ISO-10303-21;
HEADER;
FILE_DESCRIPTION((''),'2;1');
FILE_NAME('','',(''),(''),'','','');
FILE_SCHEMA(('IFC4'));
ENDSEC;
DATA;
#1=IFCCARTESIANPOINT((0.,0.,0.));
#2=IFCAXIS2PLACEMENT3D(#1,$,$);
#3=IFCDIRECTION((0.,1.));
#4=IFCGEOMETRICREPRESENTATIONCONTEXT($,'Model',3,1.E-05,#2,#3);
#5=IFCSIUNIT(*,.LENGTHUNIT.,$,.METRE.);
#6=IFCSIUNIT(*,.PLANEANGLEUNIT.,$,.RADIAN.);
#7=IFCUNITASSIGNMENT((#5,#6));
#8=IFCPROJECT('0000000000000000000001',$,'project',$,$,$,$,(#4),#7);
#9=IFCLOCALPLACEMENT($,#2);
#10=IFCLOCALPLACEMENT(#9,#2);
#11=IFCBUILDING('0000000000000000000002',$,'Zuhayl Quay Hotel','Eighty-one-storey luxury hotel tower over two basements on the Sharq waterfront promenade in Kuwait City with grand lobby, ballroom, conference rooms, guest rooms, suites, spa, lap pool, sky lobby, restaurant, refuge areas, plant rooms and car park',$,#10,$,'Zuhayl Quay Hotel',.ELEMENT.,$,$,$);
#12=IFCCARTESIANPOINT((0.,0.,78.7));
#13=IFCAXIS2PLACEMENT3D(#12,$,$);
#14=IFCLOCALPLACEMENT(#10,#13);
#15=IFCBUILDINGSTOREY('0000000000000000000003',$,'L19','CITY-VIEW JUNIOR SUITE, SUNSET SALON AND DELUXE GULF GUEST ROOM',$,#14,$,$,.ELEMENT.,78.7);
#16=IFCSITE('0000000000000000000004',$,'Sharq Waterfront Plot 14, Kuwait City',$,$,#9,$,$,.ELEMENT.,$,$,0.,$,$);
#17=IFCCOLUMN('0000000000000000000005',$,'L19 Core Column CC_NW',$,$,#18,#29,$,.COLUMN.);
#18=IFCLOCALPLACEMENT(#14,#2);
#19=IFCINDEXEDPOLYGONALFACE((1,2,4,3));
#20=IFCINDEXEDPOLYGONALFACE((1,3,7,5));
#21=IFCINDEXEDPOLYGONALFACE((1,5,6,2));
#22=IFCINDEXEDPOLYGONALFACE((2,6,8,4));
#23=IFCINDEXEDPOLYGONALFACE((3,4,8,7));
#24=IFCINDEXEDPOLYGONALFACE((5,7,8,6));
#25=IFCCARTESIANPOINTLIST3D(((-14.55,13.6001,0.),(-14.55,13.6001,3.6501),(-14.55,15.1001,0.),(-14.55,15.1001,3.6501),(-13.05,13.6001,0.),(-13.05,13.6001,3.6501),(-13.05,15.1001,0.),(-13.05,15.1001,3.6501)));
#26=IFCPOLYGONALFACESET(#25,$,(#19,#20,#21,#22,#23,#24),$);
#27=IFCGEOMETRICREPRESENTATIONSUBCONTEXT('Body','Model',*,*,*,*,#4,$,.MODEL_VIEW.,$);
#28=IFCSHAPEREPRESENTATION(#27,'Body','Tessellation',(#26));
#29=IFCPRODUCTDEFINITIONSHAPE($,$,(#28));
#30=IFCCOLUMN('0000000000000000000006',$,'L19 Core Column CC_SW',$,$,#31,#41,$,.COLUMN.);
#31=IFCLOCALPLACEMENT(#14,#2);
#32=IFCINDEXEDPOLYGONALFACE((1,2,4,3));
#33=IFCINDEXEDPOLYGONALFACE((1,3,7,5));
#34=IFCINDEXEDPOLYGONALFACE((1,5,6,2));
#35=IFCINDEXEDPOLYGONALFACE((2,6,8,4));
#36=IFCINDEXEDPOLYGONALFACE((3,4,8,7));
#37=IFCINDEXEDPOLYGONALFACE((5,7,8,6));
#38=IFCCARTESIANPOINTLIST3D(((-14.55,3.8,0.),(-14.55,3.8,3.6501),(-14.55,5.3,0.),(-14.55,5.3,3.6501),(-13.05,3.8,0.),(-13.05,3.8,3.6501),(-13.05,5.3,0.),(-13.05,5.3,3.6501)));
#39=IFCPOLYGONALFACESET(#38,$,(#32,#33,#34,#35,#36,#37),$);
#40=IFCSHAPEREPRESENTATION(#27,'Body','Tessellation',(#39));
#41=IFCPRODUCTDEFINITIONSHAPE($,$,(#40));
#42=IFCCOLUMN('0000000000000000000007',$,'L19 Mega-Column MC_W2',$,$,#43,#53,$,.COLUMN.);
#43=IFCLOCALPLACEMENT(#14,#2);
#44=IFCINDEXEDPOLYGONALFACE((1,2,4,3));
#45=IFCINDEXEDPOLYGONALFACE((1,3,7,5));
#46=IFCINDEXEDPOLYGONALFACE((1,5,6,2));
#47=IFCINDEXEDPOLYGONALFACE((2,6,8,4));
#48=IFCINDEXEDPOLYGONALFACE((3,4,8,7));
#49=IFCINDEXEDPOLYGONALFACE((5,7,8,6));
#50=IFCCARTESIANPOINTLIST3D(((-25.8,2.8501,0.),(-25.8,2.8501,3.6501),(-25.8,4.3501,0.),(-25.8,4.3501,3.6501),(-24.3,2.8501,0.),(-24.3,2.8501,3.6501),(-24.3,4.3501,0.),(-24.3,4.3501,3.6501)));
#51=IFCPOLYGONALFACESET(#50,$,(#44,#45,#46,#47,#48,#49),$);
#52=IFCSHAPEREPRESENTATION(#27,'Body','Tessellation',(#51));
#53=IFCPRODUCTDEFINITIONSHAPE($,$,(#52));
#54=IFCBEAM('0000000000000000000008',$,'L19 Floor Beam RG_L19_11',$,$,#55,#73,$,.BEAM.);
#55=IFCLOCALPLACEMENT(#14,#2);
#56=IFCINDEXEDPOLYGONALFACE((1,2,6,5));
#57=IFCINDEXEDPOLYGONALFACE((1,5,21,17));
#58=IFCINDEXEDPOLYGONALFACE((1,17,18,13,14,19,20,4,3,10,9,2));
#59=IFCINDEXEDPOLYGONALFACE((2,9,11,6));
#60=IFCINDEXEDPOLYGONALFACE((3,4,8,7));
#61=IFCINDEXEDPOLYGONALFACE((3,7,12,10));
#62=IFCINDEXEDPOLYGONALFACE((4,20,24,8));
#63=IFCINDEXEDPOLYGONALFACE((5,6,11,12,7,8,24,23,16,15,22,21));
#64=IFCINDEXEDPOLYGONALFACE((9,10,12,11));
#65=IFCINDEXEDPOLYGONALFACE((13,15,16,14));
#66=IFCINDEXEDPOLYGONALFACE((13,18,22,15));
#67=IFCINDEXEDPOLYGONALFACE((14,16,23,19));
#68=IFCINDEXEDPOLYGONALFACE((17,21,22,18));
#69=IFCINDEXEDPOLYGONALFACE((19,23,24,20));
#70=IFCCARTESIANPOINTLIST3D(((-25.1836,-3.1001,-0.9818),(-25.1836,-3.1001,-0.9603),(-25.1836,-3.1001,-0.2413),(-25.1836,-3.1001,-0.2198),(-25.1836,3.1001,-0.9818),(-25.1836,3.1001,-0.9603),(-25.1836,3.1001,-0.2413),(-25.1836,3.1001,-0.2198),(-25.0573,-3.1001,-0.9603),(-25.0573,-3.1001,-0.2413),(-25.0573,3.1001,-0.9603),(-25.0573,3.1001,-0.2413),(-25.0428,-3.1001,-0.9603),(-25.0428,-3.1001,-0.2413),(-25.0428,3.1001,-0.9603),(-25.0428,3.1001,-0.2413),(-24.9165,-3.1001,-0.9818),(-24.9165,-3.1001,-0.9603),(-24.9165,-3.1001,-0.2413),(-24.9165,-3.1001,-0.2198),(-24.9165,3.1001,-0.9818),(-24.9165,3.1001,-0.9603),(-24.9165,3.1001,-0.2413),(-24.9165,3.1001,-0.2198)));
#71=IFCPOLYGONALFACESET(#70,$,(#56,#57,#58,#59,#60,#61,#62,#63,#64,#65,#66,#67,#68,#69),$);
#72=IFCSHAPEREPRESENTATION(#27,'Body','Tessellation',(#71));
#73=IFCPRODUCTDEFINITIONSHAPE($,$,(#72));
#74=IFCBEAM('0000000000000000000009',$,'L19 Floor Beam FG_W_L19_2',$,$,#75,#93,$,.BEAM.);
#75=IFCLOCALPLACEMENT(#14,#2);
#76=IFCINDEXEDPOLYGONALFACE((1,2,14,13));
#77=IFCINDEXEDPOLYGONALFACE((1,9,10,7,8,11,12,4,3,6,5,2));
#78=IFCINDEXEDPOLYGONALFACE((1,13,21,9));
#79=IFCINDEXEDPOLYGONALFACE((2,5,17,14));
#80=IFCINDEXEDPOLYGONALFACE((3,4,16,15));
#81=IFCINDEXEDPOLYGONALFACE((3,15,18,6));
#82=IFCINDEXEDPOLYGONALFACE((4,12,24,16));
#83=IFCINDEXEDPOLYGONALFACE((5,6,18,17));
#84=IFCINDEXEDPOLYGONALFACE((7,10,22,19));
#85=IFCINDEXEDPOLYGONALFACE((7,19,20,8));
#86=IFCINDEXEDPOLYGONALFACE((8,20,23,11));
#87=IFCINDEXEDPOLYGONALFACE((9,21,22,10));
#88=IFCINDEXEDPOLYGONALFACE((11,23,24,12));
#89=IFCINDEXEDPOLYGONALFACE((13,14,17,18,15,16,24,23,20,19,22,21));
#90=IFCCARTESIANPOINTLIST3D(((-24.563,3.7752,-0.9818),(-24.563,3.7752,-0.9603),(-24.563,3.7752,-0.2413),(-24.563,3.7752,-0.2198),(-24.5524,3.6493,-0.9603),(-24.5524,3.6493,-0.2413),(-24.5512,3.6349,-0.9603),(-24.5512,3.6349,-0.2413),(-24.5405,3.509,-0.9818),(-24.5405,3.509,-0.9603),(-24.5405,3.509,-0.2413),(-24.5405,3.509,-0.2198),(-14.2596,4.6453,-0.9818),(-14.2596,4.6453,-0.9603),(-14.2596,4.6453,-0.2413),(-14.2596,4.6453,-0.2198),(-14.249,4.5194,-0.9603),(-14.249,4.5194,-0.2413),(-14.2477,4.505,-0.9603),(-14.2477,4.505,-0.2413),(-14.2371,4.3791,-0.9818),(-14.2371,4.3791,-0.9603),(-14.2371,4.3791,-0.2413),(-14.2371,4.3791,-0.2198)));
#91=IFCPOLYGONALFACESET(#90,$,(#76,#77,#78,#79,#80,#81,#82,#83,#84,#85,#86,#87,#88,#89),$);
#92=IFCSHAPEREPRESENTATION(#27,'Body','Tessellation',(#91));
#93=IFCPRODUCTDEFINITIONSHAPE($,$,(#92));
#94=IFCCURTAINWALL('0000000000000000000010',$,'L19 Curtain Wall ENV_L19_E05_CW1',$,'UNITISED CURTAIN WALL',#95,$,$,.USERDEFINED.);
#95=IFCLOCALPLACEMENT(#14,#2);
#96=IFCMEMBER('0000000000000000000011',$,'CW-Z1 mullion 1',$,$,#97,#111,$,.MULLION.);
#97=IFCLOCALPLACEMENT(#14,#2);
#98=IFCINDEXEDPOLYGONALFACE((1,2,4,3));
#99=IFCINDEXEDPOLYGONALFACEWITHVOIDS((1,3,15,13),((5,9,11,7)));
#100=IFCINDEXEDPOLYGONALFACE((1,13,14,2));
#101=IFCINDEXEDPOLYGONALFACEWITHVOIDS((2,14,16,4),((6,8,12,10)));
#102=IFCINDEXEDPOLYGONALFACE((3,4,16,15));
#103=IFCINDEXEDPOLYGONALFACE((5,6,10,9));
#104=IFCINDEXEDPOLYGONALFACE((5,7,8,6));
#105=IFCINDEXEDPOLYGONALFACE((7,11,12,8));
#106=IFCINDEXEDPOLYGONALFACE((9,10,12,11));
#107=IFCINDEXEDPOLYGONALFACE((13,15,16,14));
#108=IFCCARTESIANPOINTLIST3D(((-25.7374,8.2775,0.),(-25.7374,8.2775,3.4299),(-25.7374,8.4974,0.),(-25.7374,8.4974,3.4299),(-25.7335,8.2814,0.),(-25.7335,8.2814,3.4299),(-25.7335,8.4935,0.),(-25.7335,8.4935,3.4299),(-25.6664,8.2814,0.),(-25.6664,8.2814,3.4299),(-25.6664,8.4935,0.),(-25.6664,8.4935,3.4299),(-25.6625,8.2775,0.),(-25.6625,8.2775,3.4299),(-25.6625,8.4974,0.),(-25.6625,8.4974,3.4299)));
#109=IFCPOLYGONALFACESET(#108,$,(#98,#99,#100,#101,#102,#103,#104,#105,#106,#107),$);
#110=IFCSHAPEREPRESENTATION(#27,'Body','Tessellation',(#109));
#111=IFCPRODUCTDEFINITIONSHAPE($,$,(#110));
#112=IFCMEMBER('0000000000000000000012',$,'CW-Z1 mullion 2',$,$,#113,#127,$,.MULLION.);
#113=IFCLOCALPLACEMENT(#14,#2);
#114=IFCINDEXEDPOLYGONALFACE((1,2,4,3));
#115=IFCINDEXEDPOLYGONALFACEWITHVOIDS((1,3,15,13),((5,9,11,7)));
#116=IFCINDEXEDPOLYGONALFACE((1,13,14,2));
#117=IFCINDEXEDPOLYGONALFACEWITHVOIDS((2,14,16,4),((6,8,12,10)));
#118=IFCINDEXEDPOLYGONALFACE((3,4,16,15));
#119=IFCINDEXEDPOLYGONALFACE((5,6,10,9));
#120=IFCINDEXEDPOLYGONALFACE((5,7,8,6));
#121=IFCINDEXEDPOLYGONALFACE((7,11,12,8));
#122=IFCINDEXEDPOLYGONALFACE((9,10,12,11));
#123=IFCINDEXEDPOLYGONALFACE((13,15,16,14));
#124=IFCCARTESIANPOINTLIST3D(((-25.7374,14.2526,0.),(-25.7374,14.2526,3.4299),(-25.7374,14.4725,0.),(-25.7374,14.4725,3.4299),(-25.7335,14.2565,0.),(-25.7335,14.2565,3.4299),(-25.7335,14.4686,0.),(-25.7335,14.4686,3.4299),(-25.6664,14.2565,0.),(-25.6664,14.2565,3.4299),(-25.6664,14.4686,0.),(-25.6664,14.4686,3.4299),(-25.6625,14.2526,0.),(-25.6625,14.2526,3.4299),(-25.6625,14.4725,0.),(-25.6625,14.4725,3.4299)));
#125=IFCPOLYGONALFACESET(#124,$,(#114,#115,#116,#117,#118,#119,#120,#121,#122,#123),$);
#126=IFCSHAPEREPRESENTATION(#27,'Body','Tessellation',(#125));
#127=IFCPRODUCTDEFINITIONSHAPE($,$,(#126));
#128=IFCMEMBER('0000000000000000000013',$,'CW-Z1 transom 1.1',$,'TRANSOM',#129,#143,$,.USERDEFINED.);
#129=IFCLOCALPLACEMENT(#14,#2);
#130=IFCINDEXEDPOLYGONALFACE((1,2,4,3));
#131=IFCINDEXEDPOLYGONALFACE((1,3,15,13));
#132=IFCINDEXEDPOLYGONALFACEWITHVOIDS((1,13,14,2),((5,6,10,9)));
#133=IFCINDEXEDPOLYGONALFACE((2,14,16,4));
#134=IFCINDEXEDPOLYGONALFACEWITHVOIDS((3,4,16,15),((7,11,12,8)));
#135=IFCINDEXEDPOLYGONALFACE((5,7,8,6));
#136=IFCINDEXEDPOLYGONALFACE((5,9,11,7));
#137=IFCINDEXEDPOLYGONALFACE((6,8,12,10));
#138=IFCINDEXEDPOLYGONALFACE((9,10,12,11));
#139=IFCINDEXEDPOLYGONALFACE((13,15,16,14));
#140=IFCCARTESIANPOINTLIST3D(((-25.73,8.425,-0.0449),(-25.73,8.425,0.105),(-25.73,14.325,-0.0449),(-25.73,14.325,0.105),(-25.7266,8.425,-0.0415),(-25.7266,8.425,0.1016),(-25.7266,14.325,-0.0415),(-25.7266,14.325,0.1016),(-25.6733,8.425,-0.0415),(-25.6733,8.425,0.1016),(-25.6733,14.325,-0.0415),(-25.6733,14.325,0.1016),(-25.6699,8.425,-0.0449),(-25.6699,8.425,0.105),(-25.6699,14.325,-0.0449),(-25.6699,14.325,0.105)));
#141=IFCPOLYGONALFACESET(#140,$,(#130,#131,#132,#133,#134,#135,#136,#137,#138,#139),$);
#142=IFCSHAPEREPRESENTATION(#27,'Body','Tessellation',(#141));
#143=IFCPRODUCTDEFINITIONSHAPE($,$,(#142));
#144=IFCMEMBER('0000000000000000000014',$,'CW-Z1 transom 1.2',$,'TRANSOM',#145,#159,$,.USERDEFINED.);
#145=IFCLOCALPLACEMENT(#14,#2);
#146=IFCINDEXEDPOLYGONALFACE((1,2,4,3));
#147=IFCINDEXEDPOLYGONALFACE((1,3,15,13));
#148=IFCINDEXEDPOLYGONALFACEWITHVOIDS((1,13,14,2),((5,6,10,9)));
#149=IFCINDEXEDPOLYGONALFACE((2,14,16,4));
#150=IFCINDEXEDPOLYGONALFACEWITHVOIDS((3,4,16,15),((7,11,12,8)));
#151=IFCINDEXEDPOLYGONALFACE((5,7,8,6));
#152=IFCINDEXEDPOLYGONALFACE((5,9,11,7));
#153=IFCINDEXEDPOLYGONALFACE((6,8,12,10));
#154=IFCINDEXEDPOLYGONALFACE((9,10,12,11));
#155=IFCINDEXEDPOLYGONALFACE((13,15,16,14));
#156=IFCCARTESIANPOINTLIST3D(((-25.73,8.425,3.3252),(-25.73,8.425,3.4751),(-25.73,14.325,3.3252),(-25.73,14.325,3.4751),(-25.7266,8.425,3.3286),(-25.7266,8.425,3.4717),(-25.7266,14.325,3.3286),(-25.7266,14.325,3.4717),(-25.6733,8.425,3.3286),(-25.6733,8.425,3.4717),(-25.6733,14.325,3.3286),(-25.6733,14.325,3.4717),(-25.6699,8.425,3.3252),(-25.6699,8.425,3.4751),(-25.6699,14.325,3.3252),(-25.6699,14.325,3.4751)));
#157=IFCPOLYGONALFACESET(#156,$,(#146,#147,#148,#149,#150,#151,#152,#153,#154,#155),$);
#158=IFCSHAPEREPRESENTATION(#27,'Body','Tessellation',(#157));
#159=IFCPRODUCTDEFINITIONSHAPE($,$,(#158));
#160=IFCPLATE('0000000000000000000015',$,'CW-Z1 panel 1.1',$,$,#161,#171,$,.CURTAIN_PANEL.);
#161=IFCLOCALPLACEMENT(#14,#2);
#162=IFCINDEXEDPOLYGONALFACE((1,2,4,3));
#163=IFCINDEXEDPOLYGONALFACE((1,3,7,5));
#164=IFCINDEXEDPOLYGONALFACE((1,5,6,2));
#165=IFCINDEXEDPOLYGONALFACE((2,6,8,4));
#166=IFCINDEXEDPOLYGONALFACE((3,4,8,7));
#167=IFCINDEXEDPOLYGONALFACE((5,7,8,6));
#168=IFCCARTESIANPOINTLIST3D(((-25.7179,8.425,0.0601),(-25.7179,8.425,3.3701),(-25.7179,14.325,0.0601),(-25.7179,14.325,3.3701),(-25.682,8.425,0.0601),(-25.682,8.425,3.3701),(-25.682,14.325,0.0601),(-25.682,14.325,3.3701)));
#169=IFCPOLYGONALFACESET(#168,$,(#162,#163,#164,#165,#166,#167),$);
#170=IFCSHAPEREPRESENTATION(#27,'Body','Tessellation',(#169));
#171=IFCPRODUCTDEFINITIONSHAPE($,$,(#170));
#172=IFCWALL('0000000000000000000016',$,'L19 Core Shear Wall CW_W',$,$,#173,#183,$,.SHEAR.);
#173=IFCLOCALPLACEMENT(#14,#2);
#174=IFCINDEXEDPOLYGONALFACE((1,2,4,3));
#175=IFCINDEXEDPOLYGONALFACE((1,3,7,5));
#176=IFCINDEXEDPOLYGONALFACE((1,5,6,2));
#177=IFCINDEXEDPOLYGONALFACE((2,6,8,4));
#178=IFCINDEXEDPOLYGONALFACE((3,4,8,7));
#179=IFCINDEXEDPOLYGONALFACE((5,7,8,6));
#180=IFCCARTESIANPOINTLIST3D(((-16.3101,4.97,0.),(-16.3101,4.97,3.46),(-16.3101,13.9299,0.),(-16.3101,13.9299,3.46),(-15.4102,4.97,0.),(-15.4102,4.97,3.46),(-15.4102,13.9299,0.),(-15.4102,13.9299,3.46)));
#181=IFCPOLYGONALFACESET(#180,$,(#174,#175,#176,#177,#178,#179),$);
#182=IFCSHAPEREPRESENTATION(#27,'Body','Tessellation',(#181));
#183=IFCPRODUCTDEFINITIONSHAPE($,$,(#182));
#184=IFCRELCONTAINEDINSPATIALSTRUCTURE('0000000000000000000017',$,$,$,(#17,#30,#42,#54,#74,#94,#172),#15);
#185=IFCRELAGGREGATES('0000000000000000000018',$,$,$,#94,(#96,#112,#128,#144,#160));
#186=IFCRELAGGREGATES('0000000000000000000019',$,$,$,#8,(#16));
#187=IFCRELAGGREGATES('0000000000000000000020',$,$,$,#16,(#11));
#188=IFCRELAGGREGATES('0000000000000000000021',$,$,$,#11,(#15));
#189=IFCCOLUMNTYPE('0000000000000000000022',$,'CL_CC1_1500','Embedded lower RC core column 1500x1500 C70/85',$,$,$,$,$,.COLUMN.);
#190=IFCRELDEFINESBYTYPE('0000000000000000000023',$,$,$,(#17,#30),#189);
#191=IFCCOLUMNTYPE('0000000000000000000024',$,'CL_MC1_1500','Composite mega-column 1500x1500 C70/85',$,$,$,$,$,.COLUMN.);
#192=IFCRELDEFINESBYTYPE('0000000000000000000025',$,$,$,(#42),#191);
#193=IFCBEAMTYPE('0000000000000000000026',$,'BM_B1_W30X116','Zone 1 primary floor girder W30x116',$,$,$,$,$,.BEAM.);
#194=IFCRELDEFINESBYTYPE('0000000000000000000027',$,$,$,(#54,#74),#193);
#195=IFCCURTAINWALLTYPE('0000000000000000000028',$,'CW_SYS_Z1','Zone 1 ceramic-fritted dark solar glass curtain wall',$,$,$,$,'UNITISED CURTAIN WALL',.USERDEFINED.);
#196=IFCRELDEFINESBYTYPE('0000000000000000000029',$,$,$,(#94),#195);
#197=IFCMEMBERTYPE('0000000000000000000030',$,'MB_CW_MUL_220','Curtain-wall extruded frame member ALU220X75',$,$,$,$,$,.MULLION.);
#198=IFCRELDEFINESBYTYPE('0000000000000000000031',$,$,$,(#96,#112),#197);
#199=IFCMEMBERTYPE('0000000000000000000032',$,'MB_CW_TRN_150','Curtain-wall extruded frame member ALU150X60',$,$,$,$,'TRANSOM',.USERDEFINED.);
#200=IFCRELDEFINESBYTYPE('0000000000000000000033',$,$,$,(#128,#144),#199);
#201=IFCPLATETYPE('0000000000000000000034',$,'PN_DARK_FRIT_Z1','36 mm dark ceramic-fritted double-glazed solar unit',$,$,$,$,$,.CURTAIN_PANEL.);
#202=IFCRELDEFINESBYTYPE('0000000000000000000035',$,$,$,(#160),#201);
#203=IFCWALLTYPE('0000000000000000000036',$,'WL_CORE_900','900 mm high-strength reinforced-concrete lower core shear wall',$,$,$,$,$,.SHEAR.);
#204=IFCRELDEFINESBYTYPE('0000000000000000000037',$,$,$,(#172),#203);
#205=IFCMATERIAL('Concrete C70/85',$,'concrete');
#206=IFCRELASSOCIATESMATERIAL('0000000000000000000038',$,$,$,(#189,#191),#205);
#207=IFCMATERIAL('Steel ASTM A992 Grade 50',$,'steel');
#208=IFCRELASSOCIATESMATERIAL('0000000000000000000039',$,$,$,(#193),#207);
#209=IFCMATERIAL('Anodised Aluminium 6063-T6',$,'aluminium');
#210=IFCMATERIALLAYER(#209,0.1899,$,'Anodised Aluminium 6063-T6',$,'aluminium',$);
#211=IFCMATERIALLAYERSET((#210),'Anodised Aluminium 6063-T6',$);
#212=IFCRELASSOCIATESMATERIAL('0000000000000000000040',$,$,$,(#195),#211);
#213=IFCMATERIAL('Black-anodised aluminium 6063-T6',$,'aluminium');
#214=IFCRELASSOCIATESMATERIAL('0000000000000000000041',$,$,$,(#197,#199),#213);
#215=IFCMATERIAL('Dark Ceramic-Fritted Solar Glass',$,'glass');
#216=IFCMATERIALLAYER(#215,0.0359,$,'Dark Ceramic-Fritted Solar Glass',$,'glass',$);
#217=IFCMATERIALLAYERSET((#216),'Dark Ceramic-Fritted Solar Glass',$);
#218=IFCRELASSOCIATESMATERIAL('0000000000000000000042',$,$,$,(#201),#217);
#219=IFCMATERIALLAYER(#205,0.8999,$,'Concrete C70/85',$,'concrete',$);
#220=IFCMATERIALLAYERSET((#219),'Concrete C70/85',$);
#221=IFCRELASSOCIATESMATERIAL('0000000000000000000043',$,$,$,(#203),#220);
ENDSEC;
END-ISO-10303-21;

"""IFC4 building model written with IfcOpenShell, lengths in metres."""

from ifc_helpers import new_model, si_unit, direction, frame, frame_2d, origin, origin_2d, place, context, subcontext, project, spatial, rectangle, hollow_rectangle, i_section, extrude, material, layer, layer_set, material_profile, profile_set, type_object, element, aggregate, save


model = new_model("IFC4")

# Units and contexts
model_context = context("Model", 3, precision=1e-05, world=origin(), true_north=direction((0.0, 1.0)))
body_context = subcontext(model_context, "Body", "Model", "MODEL_VIEW")
ifc_project = project(units=[si_unit("LENGTHUNIT", "METRE"), si_unit("PLANEANGLEUNIT", "RADIAN")], contexts=[model_context])

# Site, building, storey
site_placement = place(None, origin())
site = spatial("IfcSite", under=ifc_project, at=site_placement, Name="Sharq Waterfront Plot 14, Kuwait City", CompositionType="ELEMENT", RefElevation=0.0)
building_placement = place(site_placement, origin())
building = spatial("IfcBuilding", under=site, at=building_placement, Name="Zuhayl Quay Hotel", Description="Eighty-one-storey luxury hotel tower over two basements on the Sharq waterfront promenade in Kuwait City with grand lobby, ballroom, conference rooms, guest rooms, suites, spa, lap pool, sky lobby, restaurant, refuge areas, plant rooms and car park", LongName="Zuhayl Quay Hotel", CompositionType="ELEMENT")
storey_placement = place(building_placement, frame((0.0, 0.0, 78.7)))
storey = spatial("IfcBuildingStorey", under=building, at=storey_placement, Name="L19", Description="CITY-VIEW JUNIOR SUITE, SUNSET SALON AND DELUXE GULF GUEST ROOM", CompositionType="ELEMENT", Elevation=78.7)

# Columns
ifc_material_1 = material(Name="Concrete C70/85", Category="concrete")
ifc_material_profile_1 = material_profile(ifc_material_1, rectangle(XDim=1.5, YDim=1.5, at=origin_2d()), Name="RC1500X1500")
ifc_profile_set_1 = profile_set([ifc_material_profile_1], Name="Concrete C70/85")
column_type_1 = type_object("IfcColumnType", Name="CL_CC1_1500", Description="Embedded lower RC core column 1500x1500 C70/85", PredefinedType="COLUMN", material=ifc_profile_set_1)
for number, where, z_axis, x_axis, name in (
    (1, (-13.8, 14.3501, 0.0), (0.0, 0.0, 1.0), (1.0, 0.0, 0.0), "L19 Core Column CC_NW"),
    (2, (-13.8, 4.55, 0.0), (0.0, 0.0, 1.0), (1.0, 0.0, 0.0), "L19 Core Column CC_SW"),
):
    element("IfcColumn", number, at=place(storey_placement, frame(where, z_axis=z_axis, x_axis=x_axis)), inside=storey, type_object=column_type_1, Name=name, PredefinedType="COLUMN", context=body_context, shape_type="SweptSolid", body=[
        extrude(rectangle(XDim=1.5, YDim=1.5, at=origin_2d()), origin(), (0.0, 0.0, 1.0), 3.6501),
    ])
ifc_material_profile_2 = material_profile(ifc_material_1, rectangle(XDim=1.5, YDim=1.5, at=origin_2d()), Name="RC1500X1500")
ifc_profile_set_2 = profile_set([ifc_material_profile_2], Name="Concrete C70/85")
column_type_2 = type_object("IfcColumnType", Name="CL_MC1_1500", Description="Composite mega-column 1500x1500 C70/85", PredefinedType="COLUMN", material=ifc_profile_set_2)
column_placement = place(storey_placement, frame((-25.05, 3.6001, 0.0), z_axis=(0.0, 0.0, 1.0), x_axis=(1.0, 0.0, 0.0)))
element("IfcColumn", 3, at=column_placement, inside=storey, type_object=column_type_2, Name="L19 Mega-Column MC_W2", PredefinedType="COLUMN", context=body_context, shape_type="SweptSolid", body=[
    extrude(rectangle(XDim=1.5, YDim=1.5, at=origin_2d()), origin(), (0.0, 0.0, 1.0), 3.6501),
])

# Beams
ifc_material_2 = material(Name="Steel ASTM A992 Grade 50", Category="steel")
ifc_material_profile_3 = material_profile(ifc_material_2, i_section(OverallWidth=0.2671, OverallDepth=0.762, WebThickness=0.0144, FlangeThickness=0.0215, at=origin_2d()), Name="W30X116")
ifc_profile_set_3 = profile_set([ifc_material_profile_3], Name="Steel ASTM A992 Grade 50")
beam_type = type_object("IfcBeamType", Name="BM_B1_W30X116", Description="Zone 1 primary floor girder W30x116", PredefinedType="BEAM", material=ifc_profile_set_3)
beam_1_placement = place(storey_placement, frame((-25.05, 3.1001, -0.6008), z_axis=(0.0, -1.0, 0.0), x_axis=(1.0, 0.0, 0.0)))
element("IfcBeam", 4, at=beam_1_placement, inside=storey, type_object=beam_type, Name="L19 Floor Beam RG_L19_11", PredefinedType="BEAM", context=body_context, shape_type="SweptSolid", body=[
    extrude(i_section(OverallWidth=0.2671, OverallDepth=0.762, WebThickness=0.0144, FlangeThickness=0.0215, at=origin_2d()), origin(), (0.0, 0.0, 1.0), 6.2002),
])
beam_2_placement = place(storey_placement, frame((-24.5518, 3.6421, -0.6008), z_axis=(0.996453, 0.084149, 0.0), x_axis=(-0.084149, 0.996453, 0.0)))
element("IfcBeam", 5, at=beam_2_placement, inside=storey, type_object=beam_type, Name="L19 Floor Beam FG_W_L19_2", PredefinedType="BEAM", context=body_context, shape_type="SweptSolid", body=[
    extrude(i_section(OverallWidth=0.2671, OverallDepth=0.762, WebThickness=0.0144, FlangeThickness=0.0215, at=origin_2d()), origin(), (0.0, 0.0, 1.0), 10.3401),
])

# Curtain wall, members, plate
ifc_material_3 = material(Name="Anodised Aluminium 6063-T6", Category="aluminium")
ifc_layer_1 = layer(ifc_material_3, 0.1899, Name="Anodised Aluminium 6063-T6", Category="aluminium")
ifc_layer_set_1 = layer_set([ifc_layer_1], Name="Anodised Aluminium 6063-T6")
curtain_wall_type = type_object("IfcCurtainWallType", Name="CW_SYS_Z1", Description="Zone 1 ceramic-fritted dark solar glass curtain wall", ElementType="UNITISED CURTAIN WALL", PredefinedType="USERDEFINED", material=ifc_layer_set_1)
curtain_wall_placement = place(storey_placement, origin())
curtain_wall = element("IfcCurtainWall", 6, at=curtain_wall_placement, inside=storey, type_object=curtain_wall_type, Name="L19 Curtain Wall ENV_L19_E05_CW1", ObjectType="UNITISED CURTAIN WALL", PredefinedType="USERDEFINED")
ifc_material_4 = material(Name="Black-anodised aluminium 6063-T6", Category="aluminium")
ifc_material_profile_4 = material_profile(ifc_material_4, hollow_rectangle(XDim=0.075, YDim=0.22, WallThickness=0.0039, at=origin_2d()), Name="ALU220X75")
ifc_profile_set_4 = profile_set([ifc_material_profile_4], Name="Black-anodised aluminium 6063-T6")
member_type_1 = type_object("IfcMemberType", Name="MB_CW_MUL_220", Description="Curtain-wall extruded frame member ALU220X75", PredefinedType="MULLION", material=ifc_profile_set_4)
member_1_placement = place(storey_placement, frame((-25.7, 8.3875, 0.0), z_axis=(0.0, 0.0, 1.0), x_axis=(-1.0, 0.0, 0.0)))
member_1 = element("IfcMember", 7, at=member_1_placement, type_object=member_type_1, Name="CW-Z1 mullion 1", PredefinedType="MULLION", context=body_context, shape_type="SweptSolid", body=[
    extrude(hollow_rectangle(XDim=0.075, YDim=0.22, WallThickness=0.0039, at=origin_2d()), origin(), (0.0, 0.0, 1.0), 3.4299),
])
member_2_placement = place(storey_placement, frame((-25.7, 14.3625, 0.0), z_axis=(0.0, 0.0, 1.0), x_axis=(-1.0, 0.0, 0.0)))
member_2 = element("IfcMember", 8, at=member_2_placement, type_object=member_type_1, Name="CW-Z1 mullion 2", PredefinedType="MULLION", context=body_context, shape_type="SweptSolid", body=[
    extrude(hollow_rectangle(XDim=0.075, YDim=0.22, WallThickness=0.0039, at=origin_2d()), origin(), (0.0, 0.0, 1.0), 3.4299),
])
ifc_material_profile_5 = material_profile(ifc_material_4, hollow_rectangle(XDim=0.0601, YDim=0.1499, WallThickness=0.0034, at=origin_2d()), Name="ALU150X60")
ifc_profile_set_5 = profile_set([ifc_material_profile_5], Name="Black-anodised aluminium 6063-T6")
member_type_2 = type_object("IfcMemberType", Name="MB_CW_TRN_150", Description="Curtain-wall extruded frame member ALU150X60", ElementType="TRANSOM", PredefinedType="USERDEFINED", material=ifc_profile_set_5)
member_3_placement = place(storey_placement, frame((-25.7, 8.425, 0.03), z_axis=(0.0, 1.0, 0.0), x_axis=(-1.0, 0.0, 0.0)))
member_3 = element("IfcMember", 9, at=member_3_placement, type_object=member_type_2, Name="CW-Z1 transom 1.1", ObjectType="TRANSOM", PredefinedType="USERDEFINED", context=body_context, shape_type="SweptSolid", body=[
    extrude(hollow_rectangle(XDim=0.0601, YDim=0.1499, WallThickness=0.0034, at=origin_2d()), origin(), (0.0, 0.0, 1.0), 5.8999),
])
member_4_placement = place(storey_placement, frame((-25.7, 8.425, 3.4001), z_axis=(0.0, 1.0, 0.0), x_axis=(-1.0, 0.0, 0.0)))
member_4 = element("IfcMember", 10, at=member_4_placement, type_object=member_type_2, Name="CW-Z1 transom 1.2", ObjectType="TRANSOM", PredefinedType="USERDEFINED", context=body_context, shape_type="SweptSolid", body=[
    extrude(hollow_rectangle(XDim=0.0601, YDim=0.1499, WallThickness=0.0034, at=origin_2d()), origin(), (0.0, 0.0, 1.0), 5.8999),
])
ifc_material_5 = material(Name="Dark Ceramic-Fritted Solar Glass", Category="glass")
ifc_layer_2 = layer(ifc_material_5, 0.0359, Name="Dark Ceramic-Fritted Solar Glass", Category="glass")
ifc_layer_set_2 = layer_set([ifc_layer_2], Name="Dark Ceramic-Fritted Solar Glass")
plate_type = type_object("IfcPlateType", Name="PN_DARK_FRIT_Z1", Description="36 mm dark ceramic-fritted double-glazed solar unit", PredefinedType="CURTAIN_PANEL", material=ifc_layer_set_2)
plate_placement = place(storey_placement, frame((-25.7, 11.375, 0.0601), z_axis=(0.0, 0.0, 1.0), x_axis=(0.0, 1.0, 0.0)))
plate = element("IfcPlate", 11, at=plate_placement, type_object=plate_type, Name="CW-Z1 panel 1.1", PredefinedType="CURTAIN_PANEL", context=body_context, shape_type="SweptSolid", body=[
    extrude(rectangle(XDim=5.8999, YDim=0.0359, at=origin_2d()), origin(), (0.0, 0.0, 1.0), 3.3101),
])
aggregate(curtain_wall, [member_1, member_2, member_3, member_4, plate])

# Wall
ifc_layer_3 = layer(ifc_material_1, 0.8999, Name="Concrete C70/85", Category="concrete")
ifc_layer_set_3 = layer_set([ifc_layer_3], Name="Concrete C70/85")
wall_type_1 = type_object("IfcWallType", Name="WL_CORE_900", Description="900 mm high-strength reinforced-concrete lower core shear wall", PredefinedType="SHEAR", material=ifc_layer_set_3)
wall_1_placement = place(storey_placement, frame((-15.8601, 4.97, 0.0), z_axis=(0.0, 0.0, 1.0), x_axis=(0.0, 1.0, 0.0)))
element("IfcWall", 12, at=wall_1_placement, inside=storey, type_object=wall_type_1, Name="L19 Core Shear Wall CW_W", PredefinedType="SHEAR", context=body_context, shape_type="SweptSolid", body=[
    extrude(rectangle(XDim=8.96, YDim=0.8999, at=frame_2d((4.48, 0.0))), origin(), (0.0, 0.0, 1.0), 3.46),
])

save(model, "model.ifc")
